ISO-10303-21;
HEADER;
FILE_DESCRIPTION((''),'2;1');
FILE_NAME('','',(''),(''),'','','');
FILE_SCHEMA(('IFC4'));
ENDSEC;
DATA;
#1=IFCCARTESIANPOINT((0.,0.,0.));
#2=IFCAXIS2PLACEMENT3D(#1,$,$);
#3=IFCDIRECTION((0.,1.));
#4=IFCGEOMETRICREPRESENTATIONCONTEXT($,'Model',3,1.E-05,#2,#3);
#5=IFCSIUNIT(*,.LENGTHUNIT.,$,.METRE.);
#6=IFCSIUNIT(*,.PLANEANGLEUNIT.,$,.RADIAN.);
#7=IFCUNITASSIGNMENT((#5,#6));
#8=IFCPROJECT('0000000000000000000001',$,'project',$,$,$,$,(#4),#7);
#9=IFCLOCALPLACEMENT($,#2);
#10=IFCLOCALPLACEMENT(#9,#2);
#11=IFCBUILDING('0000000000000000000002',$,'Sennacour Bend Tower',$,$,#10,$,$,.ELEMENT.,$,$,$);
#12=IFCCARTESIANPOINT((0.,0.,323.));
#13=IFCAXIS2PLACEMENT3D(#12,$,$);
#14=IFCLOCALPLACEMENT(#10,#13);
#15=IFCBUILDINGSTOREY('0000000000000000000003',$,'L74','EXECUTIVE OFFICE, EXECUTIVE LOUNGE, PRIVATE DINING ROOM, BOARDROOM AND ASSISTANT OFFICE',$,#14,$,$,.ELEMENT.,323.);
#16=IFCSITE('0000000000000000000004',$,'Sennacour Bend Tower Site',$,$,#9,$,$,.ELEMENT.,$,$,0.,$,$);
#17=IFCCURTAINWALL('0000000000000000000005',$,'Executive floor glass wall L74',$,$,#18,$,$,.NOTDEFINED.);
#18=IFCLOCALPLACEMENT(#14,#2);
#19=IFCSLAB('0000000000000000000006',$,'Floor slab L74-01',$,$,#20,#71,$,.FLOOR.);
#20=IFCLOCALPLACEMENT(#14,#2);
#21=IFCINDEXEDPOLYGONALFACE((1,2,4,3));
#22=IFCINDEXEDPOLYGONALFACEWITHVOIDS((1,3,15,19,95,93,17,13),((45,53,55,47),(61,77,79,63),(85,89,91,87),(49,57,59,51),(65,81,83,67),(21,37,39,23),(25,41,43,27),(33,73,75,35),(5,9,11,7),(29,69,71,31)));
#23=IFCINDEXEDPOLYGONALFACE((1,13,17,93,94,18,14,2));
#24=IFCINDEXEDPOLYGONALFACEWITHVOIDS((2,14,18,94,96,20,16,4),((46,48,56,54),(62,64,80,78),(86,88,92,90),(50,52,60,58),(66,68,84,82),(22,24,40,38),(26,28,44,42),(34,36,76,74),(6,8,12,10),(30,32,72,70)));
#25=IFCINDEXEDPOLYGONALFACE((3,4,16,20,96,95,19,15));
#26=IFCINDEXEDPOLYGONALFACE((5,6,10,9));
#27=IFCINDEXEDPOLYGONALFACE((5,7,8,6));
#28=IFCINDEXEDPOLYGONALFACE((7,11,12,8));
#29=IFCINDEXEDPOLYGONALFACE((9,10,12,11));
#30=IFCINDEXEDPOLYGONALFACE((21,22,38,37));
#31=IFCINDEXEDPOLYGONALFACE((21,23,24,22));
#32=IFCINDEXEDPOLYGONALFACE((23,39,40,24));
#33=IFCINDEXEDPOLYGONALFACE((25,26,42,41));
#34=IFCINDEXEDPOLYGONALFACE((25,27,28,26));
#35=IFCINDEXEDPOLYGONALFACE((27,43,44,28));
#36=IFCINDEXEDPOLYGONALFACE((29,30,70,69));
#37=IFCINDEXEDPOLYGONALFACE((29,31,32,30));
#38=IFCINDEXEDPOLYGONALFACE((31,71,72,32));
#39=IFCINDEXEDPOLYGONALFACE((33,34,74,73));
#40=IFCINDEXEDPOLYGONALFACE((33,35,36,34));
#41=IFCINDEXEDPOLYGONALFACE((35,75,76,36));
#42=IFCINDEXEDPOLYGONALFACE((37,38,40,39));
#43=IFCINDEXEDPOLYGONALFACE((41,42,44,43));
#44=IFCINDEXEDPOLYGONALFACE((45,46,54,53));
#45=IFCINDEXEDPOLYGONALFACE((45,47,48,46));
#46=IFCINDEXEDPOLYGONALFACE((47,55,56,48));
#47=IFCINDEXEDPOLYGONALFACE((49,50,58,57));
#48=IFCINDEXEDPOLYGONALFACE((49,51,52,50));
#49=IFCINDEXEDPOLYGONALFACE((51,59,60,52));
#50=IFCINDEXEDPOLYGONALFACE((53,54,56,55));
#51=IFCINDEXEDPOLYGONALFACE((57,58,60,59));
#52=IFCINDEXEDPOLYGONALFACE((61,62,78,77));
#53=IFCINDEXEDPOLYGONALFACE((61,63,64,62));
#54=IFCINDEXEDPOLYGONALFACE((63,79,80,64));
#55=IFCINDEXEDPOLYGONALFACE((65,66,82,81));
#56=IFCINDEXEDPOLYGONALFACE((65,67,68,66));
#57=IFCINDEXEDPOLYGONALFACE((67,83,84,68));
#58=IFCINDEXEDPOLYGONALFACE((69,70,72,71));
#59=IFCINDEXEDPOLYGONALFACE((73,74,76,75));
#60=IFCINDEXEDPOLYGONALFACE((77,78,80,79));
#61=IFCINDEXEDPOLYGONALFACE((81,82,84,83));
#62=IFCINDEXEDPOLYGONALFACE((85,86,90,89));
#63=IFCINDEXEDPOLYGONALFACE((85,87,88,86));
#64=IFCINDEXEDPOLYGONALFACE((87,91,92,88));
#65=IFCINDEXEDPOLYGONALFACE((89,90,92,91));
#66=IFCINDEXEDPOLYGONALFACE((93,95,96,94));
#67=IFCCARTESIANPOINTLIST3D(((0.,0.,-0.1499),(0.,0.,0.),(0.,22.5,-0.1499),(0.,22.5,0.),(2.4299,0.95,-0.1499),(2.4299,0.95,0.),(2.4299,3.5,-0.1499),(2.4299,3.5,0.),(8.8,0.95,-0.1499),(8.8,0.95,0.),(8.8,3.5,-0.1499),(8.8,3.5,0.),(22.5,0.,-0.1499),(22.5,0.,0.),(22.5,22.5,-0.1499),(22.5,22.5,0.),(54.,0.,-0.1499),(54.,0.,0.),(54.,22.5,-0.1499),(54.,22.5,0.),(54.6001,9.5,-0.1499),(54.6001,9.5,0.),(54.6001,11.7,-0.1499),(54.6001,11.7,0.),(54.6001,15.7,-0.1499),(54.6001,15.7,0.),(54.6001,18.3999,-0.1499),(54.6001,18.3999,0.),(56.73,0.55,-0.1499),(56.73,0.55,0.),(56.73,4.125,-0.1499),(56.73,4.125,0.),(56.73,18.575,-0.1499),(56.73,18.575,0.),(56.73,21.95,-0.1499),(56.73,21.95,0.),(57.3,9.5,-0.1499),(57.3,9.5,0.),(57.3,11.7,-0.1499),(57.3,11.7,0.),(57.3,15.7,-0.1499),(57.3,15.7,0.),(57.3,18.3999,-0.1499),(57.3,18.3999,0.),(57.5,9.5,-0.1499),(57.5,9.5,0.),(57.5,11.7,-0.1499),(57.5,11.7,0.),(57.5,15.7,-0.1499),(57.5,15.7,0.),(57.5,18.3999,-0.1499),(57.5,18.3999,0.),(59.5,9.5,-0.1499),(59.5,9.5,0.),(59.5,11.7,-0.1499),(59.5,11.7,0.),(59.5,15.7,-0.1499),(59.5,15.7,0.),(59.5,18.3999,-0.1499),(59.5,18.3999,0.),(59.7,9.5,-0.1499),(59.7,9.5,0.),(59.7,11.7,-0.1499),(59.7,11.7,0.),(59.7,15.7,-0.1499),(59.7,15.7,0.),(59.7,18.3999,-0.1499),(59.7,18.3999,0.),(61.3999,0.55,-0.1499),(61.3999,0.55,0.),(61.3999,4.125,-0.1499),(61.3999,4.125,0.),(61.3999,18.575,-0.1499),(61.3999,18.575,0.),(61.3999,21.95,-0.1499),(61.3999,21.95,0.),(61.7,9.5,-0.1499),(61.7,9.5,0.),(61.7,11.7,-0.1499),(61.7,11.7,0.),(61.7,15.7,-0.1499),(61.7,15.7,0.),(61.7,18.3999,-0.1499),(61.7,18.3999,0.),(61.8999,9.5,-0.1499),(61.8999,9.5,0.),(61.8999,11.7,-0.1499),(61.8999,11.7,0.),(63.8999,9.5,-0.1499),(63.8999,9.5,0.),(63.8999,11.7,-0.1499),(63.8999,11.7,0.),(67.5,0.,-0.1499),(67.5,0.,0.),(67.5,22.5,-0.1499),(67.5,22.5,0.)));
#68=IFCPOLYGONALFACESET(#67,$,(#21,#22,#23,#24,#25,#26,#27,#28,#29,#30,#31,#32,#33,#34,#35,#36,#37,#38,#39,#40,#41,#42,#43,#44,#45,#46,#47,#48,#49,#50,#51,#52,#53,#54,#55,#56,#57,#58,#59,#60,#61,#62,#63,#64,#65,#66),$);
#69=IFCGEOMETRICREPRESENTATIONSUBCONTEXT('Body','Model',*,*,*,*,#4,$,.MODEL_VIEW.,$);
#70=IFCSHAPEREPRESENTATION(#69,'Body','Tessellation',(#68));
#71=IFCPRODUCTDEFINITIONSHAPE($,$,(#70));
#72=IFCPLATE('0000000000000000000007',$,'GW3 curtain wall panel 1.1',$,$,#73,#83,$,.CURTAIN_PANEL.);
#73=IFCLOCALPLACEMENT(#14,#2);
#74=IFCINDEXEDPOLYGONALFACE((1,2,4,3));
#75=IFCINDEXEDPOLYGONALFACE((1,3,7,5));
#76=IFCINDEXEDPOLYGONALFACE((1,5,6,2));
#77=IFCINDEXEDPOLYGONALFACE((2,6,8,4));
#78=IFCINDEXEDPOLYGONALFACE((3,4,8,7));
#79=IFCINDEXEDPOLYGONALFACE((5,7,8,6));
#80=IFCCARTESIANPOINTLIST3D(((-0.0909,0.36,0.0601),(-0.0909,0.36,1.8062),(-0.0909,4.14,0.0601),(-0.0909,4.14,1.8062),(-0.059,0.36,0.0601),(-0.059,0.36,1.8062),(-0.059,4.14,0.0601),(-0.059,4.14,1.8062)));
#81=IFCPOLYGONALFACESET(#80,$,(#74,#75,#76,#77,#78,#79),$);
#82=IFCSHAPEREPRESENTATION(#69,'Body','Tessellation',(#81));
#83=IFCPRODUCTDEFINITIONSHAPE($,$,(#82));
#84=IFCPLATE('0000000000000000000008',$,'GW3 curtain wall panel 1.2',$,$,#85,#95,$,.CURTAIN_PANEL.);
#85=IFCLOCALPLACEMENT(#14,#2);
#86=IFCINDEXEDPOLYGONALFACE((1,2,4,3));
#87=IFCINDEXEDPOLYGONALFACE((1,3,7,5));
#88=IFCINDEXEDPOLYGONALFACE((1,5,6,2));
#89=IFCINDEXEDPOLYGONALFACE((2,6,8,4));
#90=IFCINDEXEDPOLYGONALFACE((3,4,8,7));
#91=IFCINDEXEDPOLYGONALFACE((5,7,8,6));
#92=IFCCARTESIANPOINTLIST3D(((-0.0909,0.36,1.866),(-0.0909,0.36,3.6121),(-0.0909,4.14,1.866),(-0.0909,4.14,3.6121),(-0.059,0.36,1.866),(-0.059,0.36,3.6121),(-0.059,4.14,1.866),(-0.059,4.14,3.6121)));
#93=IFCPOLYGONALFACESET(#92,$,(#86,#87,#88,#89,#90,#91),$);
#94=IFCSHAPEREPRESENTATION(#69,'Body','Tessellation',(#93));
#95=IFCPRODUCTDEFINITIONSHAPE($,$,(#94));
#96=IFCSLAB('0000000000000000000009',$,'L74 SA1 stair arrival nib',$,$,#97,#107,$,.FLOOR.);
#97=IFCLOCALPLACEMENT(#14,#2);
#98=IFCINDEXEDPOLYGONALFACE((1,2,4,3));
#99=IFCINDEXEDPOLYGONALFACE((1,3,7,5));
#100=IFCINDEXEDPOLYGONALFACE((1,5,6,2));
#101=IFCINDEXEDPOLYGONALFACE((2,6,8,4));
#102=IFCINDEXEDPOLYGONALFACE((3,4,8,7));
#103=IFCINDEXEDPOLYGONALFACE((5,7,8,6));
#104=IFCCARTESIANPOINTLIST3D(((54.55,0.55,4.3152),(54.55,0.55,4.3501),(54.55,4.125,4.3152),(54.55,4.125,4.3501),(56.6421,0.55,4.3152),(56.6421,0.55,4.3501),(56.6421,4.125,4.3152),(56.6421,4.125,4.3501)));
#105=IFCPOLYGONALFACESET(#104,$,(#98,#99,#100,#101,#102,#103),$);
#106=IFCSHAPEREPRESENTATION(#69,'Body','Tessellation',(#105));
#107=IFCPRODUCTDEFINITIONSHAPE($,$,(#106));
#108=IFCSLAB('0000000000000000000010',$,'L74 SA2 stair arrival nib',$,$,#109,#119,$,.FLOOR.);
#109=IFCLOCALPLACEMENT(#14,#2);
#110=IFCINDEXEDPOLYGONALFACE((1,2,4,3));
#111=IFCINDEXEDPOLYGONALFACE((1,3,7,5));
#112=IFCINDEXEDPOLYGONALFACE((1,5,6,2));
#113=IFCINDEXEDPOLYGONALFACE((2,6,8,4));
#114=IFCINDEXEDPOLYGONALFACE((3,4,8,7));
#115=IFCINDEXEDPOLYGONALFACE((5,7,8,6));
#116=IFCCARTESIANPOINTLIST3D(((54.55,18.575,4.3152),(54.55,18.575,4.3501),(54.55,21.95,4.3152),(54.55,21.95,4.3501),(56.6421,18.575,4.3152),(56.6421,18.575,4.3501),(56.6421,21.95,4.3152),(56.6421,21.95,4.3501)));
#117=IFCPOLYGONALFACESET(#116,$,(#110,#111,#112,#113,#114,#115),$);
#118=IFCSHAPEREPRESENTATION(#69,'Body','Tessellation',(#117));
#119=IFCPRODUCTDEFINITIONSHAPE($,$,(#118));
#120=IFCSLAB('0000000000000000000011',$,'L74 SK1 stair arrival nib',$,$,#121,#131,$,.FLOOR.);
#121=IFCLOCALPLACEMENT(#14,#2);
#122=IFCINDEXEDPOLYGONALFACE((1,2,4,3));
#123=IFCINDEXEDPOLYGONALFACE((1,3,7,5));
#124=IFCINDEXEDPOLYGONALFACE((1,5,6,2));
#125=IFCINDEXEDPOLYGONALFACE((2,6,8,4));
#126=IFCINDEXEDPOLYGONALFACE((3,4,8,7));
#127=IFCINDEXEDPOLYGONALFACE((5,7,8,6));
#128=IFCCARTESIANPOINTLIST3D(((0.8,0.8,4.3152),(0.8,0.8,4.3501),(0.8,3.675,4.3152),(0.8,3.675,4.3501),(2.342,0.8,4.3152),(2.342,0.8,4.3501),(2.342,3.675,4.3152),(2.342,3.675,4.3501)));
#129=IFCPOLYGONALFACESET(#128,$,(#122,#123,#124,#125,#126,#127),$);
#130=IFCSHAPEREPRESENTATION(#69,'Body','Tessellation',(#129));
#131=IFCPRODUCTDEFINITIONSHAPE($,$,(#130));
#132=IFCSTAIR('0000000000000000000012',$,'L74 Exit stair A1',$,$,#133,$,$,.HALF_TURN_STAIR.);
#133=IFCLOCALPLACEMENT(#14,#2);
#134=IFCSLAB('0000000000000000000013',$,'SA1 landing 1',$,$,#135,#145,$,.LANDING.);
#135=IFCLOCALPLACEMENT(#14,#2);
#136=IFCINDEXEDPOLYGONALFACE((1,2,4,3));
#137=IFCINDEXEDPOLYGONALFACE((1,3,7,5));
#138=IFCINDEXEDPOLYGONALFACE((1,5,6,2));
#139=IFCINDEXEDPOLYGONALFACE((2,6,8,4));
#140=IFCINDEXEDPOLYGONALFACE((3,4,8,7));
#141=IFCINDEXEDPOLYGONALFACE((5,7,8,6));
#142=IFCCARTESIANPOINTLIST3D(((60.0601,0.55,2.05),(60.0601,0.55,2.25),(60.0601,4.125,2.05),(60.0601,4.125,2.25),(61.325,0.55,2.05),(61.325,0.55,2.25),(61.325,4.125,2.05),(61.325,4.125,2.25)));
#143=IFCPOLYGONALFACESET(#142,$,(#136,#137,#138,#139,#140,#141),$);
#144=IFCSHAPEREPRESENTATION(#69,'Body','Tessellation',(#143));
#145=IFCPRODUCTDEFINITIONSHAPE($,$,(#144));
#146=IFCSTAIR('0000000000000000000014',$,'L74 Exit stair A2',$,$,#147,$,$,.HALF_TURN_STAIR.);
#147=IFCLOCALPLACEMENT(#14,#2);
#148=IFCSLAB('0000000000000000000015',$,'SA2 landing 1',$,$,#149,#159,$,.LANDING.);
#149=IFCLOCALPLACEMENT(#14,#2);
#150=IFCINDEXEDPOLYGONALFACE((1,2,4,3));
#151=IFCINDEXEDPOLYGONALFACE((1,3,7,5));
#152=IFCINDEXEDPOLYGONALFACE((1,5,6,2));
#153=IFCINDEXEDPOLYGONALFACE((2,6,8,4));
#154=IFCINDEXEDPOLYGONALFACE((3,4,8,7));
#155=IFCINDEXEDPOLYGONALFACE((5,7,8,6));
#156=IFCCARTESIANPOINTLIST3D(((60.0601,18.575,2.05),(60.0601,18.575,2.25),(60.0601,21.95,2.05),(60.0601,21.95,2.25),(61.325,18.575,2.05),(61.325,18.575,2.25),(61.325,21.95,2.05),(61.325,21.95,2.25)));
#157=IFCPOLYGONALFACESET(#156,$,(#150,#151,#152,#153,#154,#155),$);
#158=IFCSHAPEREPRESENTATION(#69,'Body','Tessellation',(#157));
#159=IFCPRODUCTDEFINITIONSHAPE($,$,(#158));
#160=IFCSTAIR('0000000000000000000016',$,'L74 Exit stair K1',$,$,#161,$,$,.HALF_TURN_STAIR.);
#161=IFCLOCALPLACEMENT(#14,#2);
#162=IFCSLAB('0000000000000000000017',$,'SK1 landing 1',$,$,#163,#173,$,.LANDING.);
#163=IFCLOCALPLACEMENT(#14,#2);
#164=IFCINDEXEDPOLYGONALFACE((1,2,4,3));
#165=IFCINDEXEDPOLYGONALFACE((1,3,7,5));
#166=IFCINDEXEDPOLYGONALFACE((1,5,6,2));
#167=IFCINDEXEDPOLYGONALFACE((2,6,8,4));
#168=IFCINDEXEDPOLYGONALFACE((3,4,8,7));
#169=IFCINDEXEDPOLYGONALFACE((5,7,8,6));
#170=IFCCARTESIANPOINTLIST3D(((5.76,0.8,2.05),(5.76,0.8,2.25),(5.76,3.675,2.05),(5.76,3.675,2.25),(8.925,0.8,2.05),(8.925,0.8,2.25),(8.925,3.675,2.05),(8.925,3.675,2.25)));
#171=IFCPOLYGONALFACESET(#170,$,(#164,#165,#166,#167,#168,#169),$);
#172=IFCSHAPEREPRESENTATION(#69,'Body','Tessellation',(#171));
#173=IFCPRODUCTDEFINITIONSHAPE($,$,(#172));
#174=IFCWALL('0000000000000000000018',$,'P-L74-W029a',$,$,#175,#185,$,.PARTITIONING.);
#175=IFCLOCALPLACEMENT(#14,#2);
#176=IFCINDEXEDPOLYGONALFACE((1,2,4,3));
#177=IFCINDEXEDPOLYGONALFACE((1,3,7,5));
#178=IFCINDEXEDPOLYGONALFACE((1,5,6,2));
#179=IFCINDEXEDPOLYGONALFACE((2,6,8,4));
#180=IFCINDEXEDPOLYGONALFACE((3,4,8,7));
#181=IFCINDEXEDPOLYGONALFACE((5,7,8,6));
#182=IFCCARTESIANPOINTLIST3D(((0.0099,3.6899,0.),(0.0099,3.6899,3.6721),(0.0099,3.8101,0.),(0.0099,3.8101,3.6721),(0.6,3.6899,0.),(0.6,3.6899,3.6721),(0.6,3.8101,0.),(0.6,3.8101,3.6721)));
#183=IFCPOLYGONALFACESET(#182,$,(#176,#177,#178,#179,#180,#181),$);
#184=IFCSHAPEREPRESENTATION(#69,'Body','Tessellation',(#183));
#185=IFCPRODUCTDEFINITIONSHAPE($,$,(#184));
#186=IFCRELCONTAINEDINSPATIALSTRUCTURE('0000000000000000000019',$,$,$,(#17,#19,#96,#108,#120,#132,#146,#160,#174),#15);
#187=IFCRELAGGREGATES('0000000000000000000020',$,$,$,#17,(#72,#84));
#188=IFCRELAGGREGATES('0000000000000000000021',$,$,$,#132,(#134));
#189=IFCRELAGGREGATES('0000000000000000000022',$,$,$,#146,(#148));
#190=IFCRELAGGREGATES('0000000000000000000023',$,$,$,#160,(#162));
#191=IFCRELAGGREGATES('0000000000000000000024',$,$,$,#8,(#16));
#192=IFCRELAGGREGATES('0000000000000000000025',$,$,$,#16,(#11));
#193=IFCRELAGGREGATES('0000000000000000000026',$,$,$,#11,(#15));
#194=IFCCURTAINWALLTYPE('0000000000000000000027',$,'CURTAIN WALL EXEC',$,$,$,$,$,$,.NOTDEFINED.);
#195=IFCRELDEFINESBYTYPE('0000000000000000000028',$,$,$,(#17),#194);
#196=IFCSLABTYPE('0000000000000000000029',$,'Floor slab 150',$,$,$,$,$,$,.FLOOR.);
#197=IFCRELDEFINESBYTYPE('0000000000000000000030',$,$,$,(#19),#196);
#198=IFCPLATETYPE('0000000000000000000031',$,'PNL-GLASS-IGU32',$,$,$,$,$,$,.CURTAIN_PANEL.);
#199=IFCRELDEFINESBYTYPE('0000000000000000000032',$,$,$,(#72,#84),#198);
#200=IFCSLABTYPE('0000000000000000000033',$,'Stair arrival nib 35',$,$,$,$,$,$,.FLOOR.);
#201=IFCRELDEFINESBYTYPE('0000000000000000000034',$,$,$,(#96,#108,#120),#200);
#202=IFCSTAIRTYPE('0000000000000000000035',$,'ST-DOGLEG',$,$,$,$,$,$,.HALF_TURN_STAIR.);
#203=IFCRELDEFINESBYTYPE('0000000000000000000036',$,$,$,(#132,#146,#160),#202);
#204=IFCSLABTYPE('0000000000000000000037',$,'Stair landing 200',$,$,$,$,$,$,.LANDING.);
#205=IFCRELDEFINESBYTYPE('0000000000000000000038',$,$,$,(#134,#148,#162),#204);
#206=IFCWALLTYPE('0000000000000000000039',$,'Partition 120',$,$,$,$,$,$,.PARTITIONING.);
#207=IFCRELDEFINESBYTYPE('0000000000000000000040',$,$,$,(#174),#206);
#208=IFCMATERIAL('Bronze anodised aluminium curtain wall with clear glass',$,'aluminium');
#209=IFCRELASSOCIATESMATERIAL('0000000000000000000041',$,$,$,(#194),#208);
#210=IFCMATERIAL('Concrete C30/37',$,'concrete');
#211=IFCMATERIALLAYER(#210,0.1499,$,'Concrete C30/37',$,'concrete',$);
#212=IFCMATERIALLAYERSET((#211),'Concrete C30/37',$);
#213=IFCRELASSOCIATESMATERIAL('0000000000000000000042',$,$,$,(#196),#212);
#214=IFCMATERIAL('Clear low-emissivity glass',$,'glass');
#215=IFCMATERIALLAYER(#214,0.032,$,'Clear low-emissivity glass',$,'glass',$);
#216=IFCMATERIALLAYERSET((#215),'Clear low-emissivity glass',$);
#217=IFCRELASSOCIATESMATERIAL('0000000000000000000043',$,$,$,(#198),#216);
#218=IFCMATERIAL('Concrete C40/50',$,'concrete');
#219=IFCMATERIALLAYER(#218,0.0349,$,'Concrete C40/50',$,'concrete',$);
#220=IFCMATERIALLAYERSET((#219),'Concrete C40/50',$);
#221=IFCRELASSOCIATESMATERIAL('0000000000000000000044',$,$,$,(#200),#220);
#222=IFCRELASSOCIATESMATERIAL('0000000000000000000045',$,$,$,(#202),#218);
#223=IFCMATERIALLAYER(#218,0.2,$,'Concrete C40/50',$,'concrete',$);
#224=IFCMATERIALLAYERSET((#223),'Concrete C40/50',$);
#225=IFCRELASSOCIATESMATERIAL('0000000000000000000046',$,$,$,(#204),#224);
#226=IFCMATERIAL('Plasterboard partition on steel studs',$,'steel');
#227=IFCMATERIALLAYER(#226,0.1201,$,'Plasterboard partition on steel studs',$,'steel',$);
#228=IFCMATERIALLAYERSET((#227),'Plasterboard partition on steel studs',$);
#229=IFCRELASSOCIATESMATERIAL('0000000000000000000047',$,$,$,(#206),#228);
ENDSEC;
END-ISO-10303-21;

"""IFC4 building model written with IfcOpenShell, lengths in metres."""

from ifc_helpers import new_model, si_unit, direction, frame, frame_2d, origin, origin_2d, place, context, subcontext, project, spatial, polyline, rectangle, outline, extrude, material, layer, layer_set, type_object, element, aggregate, save


model = new_model("IFC4")

# Units and contexts
model_context = context("Model", 3, precision=1e-05, world=origin(), true_north=direction((0.0, 1.0)))
body_context = subcontext(model_context, "Body", "Model", "MODEL_VIEW")
ifc_project = project(units=[si_unit("LENGTHUNIT", "METRE"), si_unit("PLANEANGLEUNIT", "RADIAN")], contexts=[model_context])

# Site, building, storey
site_placement = place(None, origin())
site = spatial("IfcSite", under=ifc_project, at=site_placement, Name="Sennacour Bend Tower Site", CompositionType="ELEMENT", RefElevation=0.0)
building_placement = place(site_placement, origin())
building = spatial("IfcBuilding", under=site, at=building_placement, Name="Sennacour Bend Tower", CompositionType="ELEMENT")
storey_placement = place(building_placement, frame((0.0, 0.0, 323.0)))
storey = spatial("IfcBuildingStorey", under=building, at=storey_placement, Name="L74", Description="EXECUTIVE OFFICE, EXECUTIVE LOUNGE, PRIVATE DINING ROOM, BOARDROOM AND ASSISTANT OFFICE", CompositionType="ELEMENT", Elevation=323.0)

# Shared definitions
ifc_material_1 = material(Name="Bronze anodised aluminium curtain wall with clear glass", Category="aluminium")
curtain_wall_type = type_object("IfcCurtainWallType", Name="CURTAIN WALL EXEC", PredefinedType="NOTDEFINED", material=ifc_material_1)

# Curtain wall
curtain_wall_1_placement = place(storey_placement, origin())
curtain_wall_1 = element("IfcCurtainWall", 1, at=curtain_wall_1_placement, inside=storey, type_object=curtain_wall_type, Name="Executive floor glass wall L74", PredefinedType="NOTDEFINED")

# Slab
ifc_material_2 = material(Name="Concrete C30/37", Category="concrete")
ifc_layer_1 = layer(ifc_material_2, 0.1499, Name="Concrete C30/37", Category="concrete")
ifc_layer_set_1 = layer_set([ifc_layer_1], Name="Concrete C30/37")
slab_type_1 = type_object("IfcSlabType", Name="Floor slab 150", PredefinedType="FLOOR", material=ifc_layer_set_1)
slab_1_placement = place(storey_placement, frame((0.0, 0.0, -0.1499)))
element("IfcSlab", 2, at=slab_1_placement, inside=storey, type_object=slab_type_1, Name="Floor slab L74-01", PredefinedType="FLOOR", context=body_context, shape_type="SweptSolid", body=[
    extrude(outline(polyline([(0.0, 22.5), (22.5, 22.5), (54.0, 22.5), (67.5, 22.5), (67.5, 0.0), (54.0, 0.0), (22.5, 0.0), (0.0, 0.0), (0.0, 22.5)]), holes=[polyline([(8.8, 3.5), (2.4299, 3.5), (2.4299, 0.95), (8.8, 0.95), (8.8, 3.5)]), polyline([(61.3999, 4.125), (56.73, 4.125), (56.73, 0.55), (61.3999, 0.55), (61.3999, 4.125)]), polyline([(57.3, 11.7), (54.6001, 11.7), (54.6001, 9.5), (57.3, 9.5), (57.3, 11.7)]), polyline([(59.5, 9.5), (59.5, 11.7), (57.5, 11.7), (57.5, 9.5), (59.5, 9.5)]), polyline([(61.7, 9.5), (61.7, 11.7), (59.7, 11.7), (59.7, 9.5), (61.7, 9.5)]), polyline([(63.8999, 11.7), (61.8999, 11.7), (61.8999, 9.5), (63.8999, 9.5), (63.8999, 11.7)]), polyline([(57.3, 18.3999), (54.6001, 18.3999), (54.6001, 15.7), (57.3, 15.7), (57.3, 18.3999)]), polyline([(59.5, 18.3999), (57.5, 18.3999), (57.5, 15.7), (59.5, 15.7), (59.5, 18.3999)]), polyline([(61.7, 15.7), (61.7, 18.3999), (59.7, 18.3999), (59.7, 15.7), (61.7, 15.7)]), polyline([(61.3999, 18.575), (61.3999, 21.95), (56.73, 21.95), (56.73, 18.575), (61.3999, 18.575)])]), origin(), (0.0, 0.0, 1.0), 0.1499),
])

# Plates
ifc_material_3 = material(Name="Clear low-emissivity glass", Category="glass")
ifc_layer_2 = layer(ifc_material_3, 0.032, Name="Clear low-emissivity glass", Category="glass")
ifc_layer_set_2 = layer_set([ifc_layer_2], Name="Clear low-emissivity glass")
plate_type = type_object("IfcPlateType", Name="PNL-GLASS-IGU32", PredefinedType="CURTAIN_PANEL", material=ifc_layer_set_2)
plate_1_placement = place(storey_placement, frame((-0.075, 2.25, 0.0601), z_axis=(0.0, 0.0, 1.0), x_axis=(0.0, -1.0, 0.0)))
plate_1 = element("IfcPlate", 3, at=plate_1_placement, type_object=plate_type, Name="GW3 curtain wall panel 1.1", PredefinedType="CURTAIN_PANEL", context=body_context, shape_type="SweptSolid", body=[
    extrude(rectangle(XDim=3.78, YDim=0.032, at=origin_2d()), origin(), (0.0, 0.0, 1.0), 1.7461),
])
plate_2_placement = place(storey_placement, frame((-0.075, 2.25, 1.866), z_axis=(0.0, 0.0, 1.0), x_axis=(0.0, -1.0, 0.0)))
plate_2 = element("IfcPlate", 4, at=plate_2_placement, type_object=plate_type, Name="GW3 curtain wall panel 1.2", PredefinedType="CURTAIN_PANEL", context=body_context, shape_type="SweptSolid", body=[
    extrude(rectangle(XDim=3.78, YDim=0.032, at=origin_2d()), origin(), (0.0, 0.0, 1.0), 1.7461),
])
aggregate(curtain_wall_1, [plate_1, plate_2])

# Slabs
ifc_material_4 = material(Name="Concrete C40/50", Category="concrete")
ifc_layer_3 = layer(ifc_material_4, 0.0349, Name="Concrete C40/50", Category="concrete")
ifc_layer_set_3 = layer_set([ifc_layer_3], Name="Concrete C40/50")
slab_type_2 = type_object("IfcSlabType", Name="Stair arrival nib 35", PredefinedType="FLOOR", material=ifc_layer_set_3)
slab_2_placement = place(storey_placement, frame((0.0, 0.0, 4.3152)))
element("IfcSlab", 5, at=slab_2_placement, inside=storey, type_object=slab_type_2, Name="L74 SA1 stair arrival nib", PredefinedType="FLOOR", context=body_context, shape_type="SweptSolid", body=[
    extrude(outline(polyline([(56.6421, 4.125), (54.55, 4.125), (54.55, 0.55), (56.6421, 0.55), (56.6421, 4.125)])), origin(), (0.0, 0.0, 1.0), 0.0349),
])
slab_3_placement = place(storey_placement, frame((0.0, 0.0, 4.3152)))
element("IfcSlab", 6, at=slab_3_placement, inside=storey, type_object=slab_type_2, Name="L74 SA2 stair arrival nib", PredefinedType="FLOOR", context=body_context, shape_type="SweptSolid", body=[
    extrude(outline(polyline([(56.6421, 21.95), (54.55, 21.95), (54.55, 18.575), (56.6421, 18.575), (56.6421, 21.95)])), origin(), (0.0, 0.0, 1.0), 0.0349),
])
slab_4_placement = place(storey_placement, frame((0.0, 0.0, 4.3152)))
element("IfcSlab", 7, at=slab_4_placement, inside=storey, type_object=slab_type_2, Name="L74 SK1 stair arrival nib", PredefinedType="FLOOR", context=body_context, shape_type="SweptSolid", body=[
    extrude(outline(polyline([(2.342, 3.675), (0.8, 3.675), (0.8, 0.8), (2.342, 0.8), (2.342, 3.675)])), origin(), (0.0, 0.0, 1.0), 0.0349),
])

# Stairs, slabs
stair_type = type_object("IfcStairType", Name="ST-DOGLEG", PredefinedType="HALF_TURN_STAIR", material=ifc_material_4)
stair_1_placement = place(storey_placement, origin())
stair_1 = element("IfcStair", 8, at=stair_1_placement, inside=storey, type_object=stair_type, Name="L74 Exit stair A1", PredefinedType="HALF_TURN_STAIR")
ifc_layer_4 = layer(ifc_material_4, 0.2, Name="Concrete C40/50", Category="concrete")
ifc_layer_set_4 = layer_set([ifc_layer_4], Name="Concrete C40/50")
slab_type_3 = type_object("IfcSlabType", Name="Stair landing 200", PredefinedType="LANDING", material=ifc_layer_set_4)
slab_5_placement = place(storey_placement, frame((0.0, 0.0, 2.05)))
slab_5 = element("IfcSlab", 9, at=slab_5_placement, type_object=slab_type_3, Name="SA1 landing 1", PredefinedType="LANDING", context=body_context, shape_type="SweptSolid", body=[
    extrude(outline(polyline([(60.0601, 0.55), (61.325, 0.55), (61.325, 4.125), (60.0601, 4.125), (60.0601, 0.55)])), origin(), (0.0, 0.0, 1.0), 0.2),
])
aggregate(stair_1, [slab_5])
stair_2_placement = place(storey_placement, origin())
stair_2 = element("IfcStair", 10, at=stair_2_placement, inside=storey, type_object=stair_type, Name="L74 Exit stair A2", PredefinedType="HALF_TURN_STAIR")
slab_6_placement = place(storey_placement, frame((0.0, 0.0, 2.05)))
slab_6 = element("IfcSlab", 11, at=slab_6_placement, type_object=slab_type_3, Name="SA2 landing 1", PredefinedType="LANDING", context=body_context, shape_type="SweptSolid", body=[
    extrude(outline(polyline([(60.0601, 18.575), (61.325, 18.575), (61.325, 21.95), (60.0601, 21.95), (60.0601, 18.575)])), origin(), (0.0, 0.0, 1.0), 0.2),
])
aggregate(stair_2, [slab_6])
stair_3_placement = place(storey_placement, origin())
stair_3 = element("IfcStair", 12, at=stair_3_placement, inside=storey, type_object=stair_type, Name="L74 Exit stair K1", PredefinedType="HALF_TURN_STAIR")
slab_7_placement = place(storey_placement, frame((0.0, 0.0, 2.05)))
slab_7 = element("IfcSlab", 13, at=slab_7_placement, type_object=slab_type_3, Name="SK1 landing 1", PredefinedType="LANDING", context=body_context, shape_type="SweptSolid", body=[
    extrude(outline(polyline([(5.76, 0.8), (8.925, 0.8), (8.925, 3.675), (5.76, 3.675), (5.76, 0.8)])), origin(), (0.0, 0.0, 1.0), 0.2),
])
aggregate(stair_3, [slab_7])

# Wall
ifc_material_5 = material(Name="Plasterboard partition on steel studs", Category="steel")
ifc_layer_5 = layer(ifc_material_5, 0.1201, Name="Plasterboard partition on steel studs", Category="steel")
ifc_layer_set_5 = layer_set([ifc_layer_5], Name="Plasterboard partition on steel studs")
wall_type = type_object("IfcWallType", Name="Partition 120", PredefinedType="PARTITIONING", material=ifc_layer_set_5)
wall_placement = place(storey_placement, frame((0.01, 3.75, 0.0), z_axis=(0.0, 0.0, 1.0), x_axis=(1.0, 0.0, 0.0)))
element("IfcWall", 14, at=wall_placement, inside=storey, type_object=wall_type, Name="P-L74-W029a", PredefinedType="PARTITIONING", context=body_context, shape_type="SweptSolid", body=[
    extrude(rectangle(XDim=0.5901, YDim=0.1201, at=frame_2d((0.2949, 0.0))), origin(), (0.0, 0.0, 1.0), 3.6721),
])

save(model, "model.ifc")
